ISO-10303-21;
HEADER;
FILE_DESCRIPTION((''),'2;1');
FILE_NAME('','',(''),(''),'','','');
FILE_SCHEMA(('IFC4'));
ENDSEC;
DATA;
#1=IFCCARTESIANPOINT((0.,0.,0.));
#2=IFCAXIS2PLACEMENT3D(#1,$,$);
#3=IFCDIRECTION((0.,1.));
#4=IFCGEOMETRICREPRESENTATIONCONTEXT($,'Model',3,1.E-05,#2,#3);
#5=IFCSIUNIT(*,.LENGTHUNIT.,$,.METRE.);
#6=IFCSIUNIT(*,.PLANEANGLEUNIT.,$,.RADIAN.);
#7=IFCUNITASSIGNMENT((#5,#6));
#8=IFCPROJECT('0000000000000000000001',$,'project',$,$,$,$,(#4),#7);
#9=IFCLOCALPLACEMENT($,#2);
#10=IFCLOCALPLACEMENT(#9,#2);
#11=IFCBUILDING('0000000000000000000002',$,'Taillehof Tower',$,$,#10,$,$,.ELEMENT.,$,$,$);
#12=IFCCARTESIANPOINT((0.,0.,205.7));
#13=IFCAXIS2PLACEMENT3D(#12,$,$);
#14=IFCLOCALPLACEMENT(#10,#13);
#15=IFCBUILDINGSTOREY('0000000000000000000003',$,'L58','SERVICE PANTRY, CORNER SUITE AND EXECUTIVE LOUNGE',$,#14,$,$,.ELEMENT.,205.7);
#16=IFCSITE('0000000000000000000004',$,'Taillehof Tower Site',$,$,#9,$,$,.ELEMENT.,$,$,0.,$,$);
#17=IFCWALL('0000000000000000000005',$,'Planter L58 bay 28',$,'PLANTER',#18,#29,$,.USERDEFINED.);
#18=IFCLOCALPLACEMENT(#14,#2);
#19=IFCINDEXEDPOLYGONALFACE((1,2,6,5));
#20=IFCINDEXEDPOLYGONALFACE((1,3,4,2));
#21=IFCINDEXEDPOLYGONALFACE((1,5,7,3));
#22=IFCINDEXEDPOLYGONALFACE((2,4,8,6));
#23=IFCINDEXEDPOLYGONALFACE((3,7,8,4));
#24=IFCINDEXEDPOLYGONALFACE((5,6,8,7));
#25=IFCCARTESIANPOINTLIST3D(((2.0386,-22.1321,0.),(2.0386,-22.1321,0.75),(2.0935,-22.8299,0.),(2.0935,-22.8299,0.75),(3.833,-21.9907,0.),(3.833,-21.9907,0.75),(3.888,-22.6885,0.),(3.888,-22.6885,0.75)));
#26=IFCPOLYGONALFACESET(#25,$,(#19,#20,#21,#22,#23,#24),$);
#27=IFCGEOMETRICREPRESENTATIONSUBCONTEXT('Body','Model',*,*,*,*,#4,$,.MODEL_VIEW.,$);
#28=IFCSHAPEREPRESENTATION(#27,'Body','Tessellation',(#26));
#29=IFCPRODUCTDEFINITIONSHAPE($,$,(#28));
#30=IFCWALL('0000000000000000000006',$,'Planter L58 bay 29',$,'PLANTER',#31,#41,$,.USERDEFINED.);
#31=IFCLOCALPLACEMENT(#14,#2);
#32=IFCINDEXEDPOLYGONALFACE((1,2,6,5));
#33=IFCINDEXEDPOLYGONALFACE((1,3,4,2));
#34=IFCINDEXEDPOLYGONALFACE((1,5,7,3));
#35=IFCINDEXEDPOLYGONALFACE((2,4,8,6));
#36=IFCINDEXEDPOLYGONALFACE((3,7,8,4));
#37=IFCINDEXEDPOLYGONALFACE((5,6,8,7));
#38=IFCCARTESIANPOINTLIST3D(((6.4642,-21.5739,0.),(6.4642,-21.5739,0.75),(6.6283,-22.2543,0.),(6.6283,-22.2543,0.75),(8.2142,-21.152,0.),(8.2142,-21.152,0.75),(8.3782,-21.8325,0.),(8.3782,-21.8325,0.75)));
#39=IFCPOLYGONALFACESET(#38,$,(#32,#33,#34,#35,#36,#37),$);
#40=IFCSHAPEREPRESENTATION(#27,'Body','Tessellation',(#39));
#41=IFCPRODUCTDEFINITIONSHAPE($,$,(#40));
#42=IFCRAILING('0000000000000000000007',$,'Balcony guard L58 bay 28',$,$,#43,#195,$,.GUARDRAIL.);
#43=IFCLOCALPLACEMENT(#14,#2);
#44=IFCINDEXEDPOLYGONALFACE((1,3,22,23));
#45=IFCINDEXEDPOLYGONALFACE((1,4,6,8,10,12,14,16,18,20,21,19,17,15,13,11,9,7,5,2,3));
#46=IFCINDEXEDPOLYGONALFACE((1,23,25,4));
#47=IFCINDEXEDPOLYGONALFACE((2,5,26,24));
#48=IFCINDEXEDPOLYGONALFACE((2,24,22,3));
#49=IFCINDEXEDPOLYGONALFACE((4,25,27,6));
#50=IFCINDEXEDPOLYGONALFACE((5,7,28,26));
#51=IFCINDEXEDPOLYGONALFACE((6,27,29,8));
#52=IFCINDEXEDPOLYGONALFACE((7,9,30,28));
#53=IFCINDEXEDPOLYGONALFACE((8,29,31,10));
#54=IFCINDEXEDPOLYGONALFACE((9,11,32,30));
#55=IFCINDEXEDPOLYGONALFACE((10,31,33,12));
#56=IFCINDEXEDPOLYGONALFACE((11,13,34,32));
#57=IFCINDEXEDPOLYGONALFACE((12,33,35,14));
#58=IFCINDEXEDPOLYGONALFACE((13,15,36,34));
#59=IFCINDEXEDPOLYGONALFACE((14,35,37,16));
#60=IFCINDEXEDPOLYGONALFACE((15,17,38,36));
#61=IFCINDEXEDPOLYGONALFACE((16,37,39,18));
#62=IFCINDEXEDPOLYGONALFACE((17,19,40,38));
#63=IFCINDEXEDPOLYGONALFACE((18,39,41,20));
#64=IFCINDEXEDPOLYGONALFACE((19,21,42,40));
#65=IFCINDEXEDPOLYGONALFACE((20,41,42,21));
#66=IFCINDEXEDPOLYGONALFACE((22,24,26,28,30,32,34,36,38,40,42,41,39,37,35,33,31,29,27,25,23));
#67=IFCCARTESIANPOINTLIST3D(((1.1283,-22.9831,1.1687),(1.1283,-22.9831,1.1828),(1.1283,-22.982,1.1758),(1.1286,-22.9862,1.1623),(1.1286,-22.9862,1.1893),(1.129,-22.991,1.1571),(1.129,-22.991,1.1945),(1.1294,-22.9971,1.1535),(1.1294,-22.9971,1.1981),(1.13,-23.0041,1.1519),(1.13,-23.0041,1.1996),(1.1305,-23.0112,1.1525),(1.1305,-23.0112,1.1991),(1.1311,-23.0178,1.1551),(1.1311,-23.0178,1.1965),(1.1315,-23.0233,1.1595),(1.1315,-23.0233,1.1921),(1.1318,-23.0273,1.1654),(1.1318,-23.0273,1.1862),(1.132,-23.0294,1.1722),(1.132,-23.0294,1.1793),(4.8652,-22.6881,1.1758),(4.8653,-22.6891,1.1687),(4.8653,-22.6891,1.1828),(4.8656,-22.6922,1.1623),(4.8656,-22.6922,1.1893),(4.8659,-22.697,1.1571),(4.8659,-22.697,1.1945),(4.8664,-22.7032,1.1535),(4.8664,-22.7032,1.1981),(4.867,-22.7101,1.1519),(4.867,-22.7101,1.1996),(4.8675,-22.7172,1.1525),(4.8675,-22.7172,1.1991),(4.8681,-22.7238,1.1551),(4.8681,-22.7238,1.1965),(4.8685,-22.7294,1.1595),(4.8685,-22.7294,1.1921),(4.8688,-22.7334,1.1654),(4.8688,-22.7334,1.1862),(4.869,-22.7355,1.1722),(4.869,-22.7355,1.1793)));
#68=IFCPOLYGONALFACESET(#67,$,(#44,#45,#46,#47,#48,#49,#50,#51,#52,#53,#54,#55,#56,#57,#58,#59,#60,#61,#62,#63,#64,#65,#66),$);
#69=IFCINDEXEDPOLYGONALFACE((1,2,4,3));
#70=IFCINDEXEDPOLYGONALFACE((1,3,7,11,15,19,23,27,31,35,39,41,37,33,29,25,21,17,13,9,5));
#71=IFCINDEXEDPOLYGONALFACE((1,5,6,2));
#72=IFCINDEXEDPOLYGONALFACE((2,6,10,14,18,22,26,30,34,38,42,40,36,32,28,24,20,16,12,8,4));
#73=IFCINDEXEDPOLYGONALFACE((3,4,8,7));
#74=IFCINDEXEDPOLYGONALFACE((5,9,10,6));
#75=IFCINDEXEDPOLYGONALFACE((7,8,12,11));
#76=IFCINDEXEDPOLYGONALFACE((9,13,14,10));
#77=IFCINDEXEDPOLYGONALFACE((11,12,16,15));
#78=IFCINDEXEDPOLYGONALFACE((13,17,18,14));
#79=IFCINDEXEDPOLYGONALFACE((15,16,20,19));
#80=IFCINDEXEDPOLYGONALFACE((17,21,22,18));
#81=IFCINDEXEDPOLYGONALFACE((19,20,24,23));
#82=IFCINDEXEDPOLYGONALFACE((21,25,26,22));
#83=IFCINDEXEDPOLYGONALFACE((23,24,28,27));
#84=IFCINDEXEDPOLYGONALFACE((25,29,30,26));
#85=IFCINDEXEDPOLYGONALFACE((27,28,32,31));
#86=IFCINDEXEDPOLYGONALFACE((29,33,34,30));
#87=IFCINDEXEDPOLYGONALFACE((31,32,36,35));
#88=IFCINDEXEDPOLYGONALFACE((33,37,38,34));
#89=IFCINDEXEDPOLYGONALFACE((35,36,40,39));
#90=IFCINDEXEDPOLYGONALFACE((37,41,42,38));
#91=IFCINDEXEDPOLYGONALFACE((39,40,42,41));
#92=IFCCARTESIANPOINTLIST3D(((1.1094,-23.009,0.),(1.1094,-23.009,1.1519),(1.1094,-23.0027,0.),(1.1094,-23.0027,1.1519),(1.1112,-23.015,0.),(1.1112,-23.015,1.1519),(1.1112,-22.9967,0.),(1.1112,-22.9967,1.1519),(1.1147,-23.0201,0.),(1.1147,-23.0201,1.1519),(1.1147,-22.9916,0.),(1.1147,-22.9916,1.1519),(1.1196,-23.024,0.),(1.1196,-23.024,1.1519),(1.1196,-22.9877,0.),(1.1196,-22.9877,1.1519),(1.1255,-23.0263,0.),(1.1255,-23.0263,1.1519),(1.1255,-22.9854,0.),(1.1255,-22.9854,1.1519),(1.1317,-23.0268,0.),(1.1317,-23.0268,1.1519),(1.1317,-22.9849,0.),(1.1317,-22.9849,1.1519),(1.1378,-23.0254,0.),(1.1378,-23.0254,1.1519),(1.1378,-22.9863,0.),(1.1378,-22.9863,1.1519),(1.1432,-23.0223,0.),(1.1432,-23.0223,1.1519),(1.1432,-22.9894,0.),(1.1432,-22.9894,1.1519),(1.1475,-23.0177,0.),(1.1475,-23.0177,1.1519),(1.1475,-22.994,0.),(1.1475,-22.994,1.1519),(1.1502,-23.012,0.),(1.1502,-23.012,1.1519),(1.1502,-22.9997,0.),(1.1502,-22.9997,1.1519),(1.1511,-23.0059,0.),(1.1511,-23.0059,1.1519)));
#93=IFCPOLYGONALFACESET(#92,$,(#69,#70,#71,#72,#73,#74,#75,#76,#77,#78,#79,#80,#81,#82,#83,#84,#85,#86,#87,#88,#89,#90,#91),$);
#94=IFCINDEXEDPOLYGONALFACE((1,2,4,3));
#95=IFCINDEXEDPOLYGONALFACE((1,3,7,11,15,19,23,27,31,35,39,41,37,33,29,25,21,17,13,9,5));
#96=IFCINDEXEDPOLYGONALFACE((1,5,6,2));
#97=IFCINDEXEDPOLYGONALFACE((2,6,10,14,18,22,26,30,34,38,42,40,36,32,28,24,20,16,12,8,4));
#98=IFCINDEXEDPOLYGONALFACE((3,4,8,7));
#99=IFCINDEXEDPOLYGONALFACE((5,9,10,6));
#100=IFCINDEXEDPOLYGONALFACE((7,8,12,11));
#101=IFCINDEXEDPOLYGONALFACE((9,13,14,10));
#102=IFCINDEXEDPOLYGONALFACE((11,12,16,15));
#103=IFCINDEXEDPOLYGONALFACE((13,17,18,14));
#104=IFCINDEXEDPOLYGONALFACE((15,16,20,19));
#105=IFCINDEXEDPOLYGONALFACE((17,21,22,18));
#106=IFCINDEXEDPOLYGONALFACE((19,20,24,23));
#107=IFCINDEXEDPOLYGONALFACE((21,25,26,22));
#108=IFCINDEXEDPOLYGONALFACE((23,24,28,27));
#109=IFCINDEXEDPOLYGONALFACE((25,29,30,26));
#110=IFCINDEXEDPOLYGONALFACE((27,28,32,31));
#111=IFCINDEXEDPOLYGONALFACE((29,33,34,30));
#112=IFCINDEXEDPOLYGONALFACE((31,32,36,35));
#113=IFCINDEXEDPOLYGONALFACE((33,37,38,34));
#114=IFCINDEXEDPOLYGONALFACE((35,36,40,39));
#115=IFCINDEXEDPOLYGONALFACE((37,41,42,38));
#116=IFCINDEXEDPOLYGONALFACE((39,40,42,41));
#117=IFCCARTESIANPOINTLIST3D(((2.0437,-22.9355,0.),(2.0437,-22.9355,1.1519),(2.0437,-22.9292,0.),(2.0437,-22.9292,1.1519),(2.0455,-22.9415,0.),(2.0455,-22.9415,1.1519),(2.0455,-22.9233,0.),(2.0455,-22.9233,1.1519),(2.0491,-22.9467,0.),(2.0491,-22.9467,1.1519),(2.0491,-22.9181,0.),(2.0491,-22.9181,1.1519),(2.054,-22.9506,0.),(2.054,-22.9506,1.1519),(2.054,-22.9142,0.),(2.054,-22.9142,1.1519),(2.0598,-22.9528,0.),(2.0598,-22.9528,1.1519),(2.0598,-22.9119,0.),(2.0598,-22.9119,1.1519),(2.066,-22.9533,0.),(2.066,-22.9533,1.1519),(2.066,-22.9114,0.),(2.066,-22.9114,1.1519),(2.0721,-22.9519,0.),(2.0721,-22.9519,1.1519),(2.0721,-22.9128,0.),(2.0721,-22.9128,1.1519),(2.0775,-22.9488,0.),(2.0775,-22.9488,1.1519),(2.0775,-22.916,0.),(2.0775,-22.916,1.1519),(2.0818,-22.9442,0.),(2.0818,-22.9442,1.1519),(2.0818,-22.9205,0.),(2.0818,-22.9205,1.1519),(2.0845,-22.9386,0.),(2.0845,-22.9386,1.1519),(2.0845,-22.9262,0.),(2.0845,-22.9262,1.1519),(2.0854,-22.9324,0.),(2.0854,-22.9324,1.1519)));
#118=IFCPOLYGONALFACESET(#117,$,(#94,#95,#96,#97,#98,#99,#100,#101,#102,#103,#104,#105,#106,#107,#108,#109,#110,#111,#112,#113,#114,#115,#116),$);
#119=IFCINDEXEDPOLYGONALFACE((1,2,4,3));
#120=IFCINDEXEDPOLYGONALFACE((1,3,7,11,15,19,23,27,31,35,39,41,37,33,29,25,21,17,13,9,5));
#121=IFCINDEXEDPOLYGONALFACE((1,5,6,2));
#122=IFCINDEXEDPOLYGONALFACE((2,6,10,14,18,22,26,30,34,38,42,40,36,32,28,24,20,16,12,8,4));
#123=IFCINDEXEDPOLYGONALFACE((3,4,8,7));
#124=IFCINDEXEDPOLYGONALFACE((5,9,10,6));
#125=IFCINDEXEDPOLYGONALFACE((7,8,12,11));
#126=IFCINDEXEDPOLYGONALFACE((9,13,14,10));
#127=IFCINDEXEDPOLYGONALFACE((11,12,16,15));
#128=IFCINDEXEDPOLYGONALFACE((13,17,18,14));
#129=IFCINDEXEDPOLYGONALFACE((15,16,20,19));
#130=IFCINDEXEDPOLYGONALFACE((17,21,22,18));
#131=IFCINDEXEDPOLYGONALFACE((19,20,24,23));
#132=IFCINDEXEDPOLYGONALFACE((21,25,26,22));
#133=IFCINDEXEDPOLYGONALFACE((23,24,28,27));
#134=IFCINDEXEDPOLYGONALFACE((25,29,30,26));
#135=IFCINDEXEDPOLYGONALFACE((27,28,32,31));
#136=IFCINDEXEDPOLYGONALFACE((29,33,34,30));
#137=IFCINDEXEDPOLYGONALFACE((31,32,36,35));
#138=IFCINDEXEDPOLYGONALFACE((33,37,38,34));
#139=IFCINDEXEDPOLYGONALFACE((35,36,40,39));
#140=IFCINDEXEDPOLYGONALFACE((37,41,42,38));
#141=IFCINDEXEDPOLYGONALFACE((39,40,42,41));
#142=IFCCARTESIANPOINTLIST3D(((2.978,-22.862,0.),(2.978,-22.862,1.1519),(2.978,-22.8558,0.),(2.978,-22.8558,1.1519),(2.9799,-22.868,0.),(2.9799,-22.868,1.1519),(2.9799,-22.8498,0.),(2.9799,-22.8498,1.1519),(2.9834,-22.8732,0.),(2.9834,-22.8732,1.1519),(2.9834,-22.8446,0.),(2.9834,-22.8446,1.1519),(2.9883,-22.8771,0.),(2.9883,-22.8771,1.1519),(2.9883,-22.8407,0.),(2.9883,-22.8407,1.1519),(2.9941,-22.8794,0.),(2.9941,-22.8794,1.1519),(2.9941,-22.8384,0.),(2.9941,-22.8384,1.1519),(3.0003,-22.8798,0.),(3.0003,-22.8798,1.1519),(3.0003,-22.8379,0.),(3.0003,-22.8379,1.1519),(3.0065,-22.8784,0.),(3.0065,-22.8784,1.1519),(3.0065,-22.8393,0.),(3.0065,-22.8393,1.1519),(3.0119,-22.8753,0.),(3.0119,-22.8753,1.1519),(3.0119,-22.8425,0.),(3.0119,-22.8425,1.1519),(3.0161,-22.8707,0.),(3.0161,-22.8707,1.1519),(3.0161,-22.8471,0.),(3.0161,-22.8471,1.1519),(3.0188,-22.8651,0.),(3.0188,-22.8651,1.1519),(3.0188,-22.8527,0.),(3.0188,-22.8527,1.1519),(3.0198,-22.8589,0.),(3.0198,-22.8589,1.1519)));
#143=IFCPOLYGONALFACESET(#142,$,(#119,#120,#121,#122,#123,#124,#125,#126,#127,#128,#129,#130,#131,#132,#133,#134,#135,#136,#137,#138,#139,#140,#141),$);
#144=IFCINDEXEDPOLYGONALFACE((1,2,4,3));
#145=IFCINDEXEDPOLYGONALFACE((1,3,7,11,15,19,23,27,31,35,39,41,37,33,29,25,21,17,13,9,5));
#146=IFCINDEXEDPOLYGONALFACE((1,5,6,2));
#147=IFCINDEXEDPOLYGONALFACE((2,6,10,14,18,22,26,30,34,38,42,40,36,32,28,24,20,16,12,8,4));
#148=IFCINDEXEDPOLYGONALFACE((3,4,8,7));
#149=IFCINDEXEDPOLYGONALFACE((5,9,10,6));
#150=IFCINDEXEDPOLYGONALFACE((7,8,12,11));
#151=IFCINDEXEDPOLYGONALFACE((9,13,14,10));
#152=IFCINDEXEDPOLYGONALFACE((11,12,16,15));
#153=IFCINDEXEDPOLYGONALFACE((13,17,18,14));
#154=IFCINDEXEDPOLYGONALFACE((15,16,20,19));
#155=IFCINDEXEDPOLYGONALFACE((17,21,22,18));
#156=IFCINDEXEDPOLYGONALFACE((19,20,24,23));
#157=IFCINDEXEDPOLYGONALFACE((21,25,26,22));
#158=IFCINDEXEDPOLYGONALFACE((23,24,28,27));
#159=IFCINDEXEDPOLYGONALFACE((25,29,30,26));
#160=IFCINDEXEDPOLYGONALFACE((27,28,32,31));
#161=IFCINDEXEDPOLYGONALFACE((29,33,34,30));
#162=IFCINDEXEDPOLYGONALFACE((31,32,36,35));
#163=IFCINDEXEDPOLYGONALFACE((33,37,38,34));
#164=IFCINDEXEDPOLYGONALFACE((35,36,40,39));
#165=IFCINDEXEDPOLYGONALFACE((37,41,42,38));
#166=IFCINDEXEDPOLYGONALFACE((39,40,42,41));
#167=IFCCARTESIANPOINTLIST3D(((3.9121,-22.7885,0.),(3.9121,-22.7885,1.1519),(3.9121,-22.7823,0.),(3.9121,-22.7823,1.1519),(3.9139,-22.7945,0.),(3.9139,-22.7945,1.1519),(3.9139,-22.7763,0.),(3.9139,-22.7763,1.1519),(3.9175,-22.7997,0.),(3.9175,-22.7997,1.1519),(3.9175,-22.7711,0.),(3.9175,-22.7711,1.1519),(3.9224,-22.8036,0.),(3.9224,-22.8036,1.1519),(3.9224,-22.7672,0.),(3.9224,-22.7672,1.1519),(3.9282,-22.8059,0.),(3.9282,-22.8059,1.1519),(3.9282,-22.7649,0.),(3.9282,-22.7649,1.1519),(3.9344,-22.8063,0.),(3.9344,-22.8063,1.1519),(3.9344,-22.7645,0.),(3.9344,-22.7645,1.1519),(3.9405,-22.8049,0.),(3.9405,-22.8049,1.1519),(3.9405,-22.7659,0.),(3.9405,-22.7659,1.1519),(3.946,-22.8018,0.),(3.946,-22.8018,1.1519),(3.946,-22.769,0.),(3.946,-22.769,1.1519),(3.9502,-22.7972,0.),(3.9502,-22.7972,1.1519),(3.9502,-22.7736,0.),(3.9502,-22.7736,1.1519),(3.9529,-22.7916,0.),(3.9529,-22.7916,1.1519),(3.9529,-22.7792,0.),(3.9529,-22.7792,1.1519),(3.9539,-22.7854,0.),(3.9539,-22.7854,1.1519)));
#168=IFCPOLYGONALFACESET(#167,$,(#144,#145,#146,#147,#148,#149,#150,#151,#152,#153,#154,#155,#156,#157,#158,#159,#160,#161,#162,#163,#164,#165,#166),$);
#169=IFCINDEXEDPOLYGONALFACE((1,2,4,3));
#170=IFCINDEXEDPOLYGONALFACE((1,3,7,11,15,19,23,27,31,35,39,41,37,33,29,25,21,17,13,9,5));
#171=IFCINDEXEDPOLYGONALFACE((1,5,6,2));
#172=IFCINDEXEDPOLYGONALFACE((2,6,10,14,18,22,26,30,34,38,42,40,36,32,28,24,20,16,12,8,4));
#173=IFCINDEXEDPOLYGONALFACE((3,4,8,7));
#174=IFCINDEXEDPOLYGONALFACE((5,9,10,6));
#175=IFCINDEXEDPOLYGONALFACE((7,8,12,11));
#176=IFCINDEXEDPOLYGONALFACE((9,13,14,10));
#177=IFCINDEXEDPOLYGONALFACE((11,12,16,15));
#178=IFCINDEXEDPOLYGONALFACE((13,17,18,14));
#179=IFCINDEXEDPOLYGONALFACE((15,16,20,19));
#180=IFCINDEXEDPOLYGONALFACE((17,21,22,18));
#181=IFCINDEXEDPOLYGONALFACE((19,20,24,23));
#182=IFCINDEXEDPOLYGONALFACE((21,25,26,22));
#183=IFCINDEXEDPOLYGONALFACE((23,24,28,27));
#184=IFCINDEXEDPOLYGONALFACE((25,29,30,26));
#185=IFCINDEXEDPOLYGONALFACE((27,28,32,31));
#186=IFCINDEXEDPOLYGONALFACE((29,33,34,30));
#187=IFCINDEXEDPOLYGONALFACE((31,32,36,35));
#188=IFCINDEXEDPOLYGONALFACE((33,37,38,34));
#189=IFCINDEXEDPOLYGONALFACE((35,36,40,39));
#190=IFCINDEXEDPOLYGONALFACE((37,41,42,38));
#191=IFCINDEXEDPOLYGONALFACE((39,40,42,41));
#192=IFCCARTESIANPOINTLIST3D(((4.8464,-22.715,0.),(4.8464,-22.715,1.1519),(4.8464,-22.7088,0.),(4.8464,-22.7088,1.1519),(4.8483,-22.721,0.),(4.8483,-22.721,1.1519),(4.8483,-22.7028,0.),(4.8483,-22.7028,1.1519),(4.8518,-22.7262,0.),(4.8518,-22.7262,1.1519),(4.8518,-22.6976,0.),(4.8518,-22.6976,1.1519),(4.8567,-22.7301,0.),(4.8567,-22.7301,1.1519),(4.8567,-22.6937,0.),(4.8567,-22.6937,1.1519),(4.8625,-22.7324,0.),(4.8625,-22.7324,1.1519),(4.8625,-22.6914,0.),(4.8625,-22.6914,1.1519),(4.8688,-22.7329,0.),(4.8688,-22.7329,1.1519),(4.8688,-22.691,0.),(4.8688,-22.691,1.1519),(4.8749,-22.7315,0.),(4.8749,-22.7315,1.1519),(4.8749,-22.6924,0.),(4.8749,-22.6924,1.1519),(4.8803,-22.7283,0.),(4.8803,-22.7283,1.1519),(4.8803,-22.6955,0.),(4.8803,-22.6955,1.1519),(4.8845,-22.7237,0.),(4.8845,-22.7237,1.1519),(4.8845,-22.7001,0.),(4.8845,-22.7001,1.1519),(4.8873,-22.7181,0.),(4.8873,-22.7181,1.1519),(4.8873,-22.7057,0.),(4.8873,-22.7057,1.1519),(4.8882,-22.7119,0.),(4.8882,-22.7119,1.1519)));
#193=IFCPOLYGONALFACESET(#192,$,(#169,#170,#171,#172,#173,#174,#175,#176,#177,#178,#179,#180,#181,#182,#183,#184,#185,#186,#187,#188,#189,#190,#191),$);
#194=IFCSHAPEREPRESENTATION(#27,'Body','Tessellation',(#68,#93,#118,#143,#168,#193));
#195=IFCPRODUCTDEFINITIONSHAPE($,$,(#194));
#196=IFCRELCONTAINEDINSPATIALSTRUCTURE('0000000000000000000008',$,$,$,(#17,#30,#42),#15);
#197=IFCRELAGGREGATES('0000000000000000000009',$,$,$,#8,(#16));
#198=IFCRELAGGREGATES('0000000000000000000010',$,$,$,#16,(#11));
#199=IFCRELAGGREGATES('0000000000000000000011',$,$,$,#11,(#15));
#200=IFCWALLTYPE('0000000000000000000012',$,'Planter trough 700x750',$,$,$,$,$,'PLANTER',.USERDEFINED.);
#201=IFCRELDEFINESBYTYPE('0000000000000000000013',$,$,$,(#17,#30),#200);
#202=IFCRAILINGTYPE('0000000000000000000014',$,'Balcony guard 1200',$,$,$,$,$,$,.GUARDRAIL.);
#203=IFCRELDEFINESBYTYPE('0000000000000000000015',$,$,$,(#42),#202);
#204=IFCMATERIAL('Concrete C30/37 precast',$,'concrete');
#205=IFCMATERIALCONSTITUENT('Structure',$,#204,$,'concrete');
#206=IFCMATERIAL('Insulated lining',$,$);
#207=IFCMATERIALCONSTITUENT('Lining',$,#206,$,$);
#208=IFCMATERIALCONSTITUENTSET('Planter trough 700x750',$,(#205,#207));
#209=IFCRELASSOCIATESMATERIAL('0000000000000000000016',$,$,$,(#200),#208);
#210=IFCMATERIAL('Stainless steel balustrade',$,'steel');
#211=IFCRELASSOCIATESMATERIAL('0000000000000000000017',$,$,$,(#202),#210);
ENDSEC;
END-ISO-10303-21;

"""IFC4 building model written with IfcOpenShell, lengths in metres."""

from ifc_helpers import new_model, si_unit, direction, frame, frame_2d, origin, origin_2d, place, context, subcontext, project, spatial, rectangle, circle, extrude, material, constituent, constituent_set, type_object, element, save


model = new_model("IFC4")

# Units and contexts
model_context = context("Model", 3, precision=1e-05, world=origin(), true_north=direction((0.0, 1.0)))
body_context = subcontext(model_context, "Body", "Model", "MODEL_VIEW")
ifc_project = project(units=[si_unit("LENGTHUNIT", "METRE"), si_unit("PLANEANGLEUNIT", "RADIAN")], contexts=[model_context])

# Site, building, storey
site_placement = place(None, origin())
site = spatial("IfcSite", under=ifc_project, at=site_placement, Name="Taillehof Tower Site", CompositionType="ELEMENT", RefElevation=0.0)
building_placement = place(site_placement, origin())
building = spatial("IfcBuilding", under=site, at=building_placement, Name="Taillehof Tower", CompositionType="ELEMENT")
storey_placement = place(building_placement, frame((0.0, 0.0, 205.7)))
storey = spatial("IfcBuildingStorey", under=building, at=storey_placement, Name="L58", Description="SERVICE PANTRY, CORNER SUITE AND EXECUTIVE LOUNGE", CompositionType="ELEMENT", Elevation=205.7)

# Walls
ifc_material_1 = material(Name="Concrete C30/37 precast", Category="concrete")
ifc_constituent_1 = constituent(ifc_material_1, Name="Structure", Category="concrete")
ifc_material_2 = material(Name="Insulated lining")
ifc_constituent_2 = constituent(ifc_material_2, Name="Lining")
ifc_constituent_set = constituent_set(constituents=[ifc_constituent_1, ifc_constituent_2], Name="Planter trough 700x750")
wall_type_1 = type_object("IfcWallType", Name="Planter trough 700x750", ElementType="PLANTER", PredefinedType="USERDEFINED", material=ifc_constituent_set)
for number, where, z_axis, x_axis, name in (
    (1, (2.0662, -22.481, 0.0), (0.0, 0.0, 1.0), (0.996912, 0.078532, 0.0), "Planter L58 bay 28"),
    (2, (6.5464, -21.9141, 0.0), (0.0, 0.0, 1.0), (0.97215, 0.234358, 0.0), "Planter L58 bay 29"),
):
    element("IfcWall", number, at=place(storey_placement, frame(where, z_axis=z_axis, x_axis=x_axis)), inside=storey, type_object=wall_type_1, Name=name, ObjectType="PLANTER", PredefinedType="USERDEFINED", context=body_context, shape_type="SweptSolid", body=[
        extrude(rectangle(XDim=1.8, YDim=0.7, at=frame_2d((0.8999, 0.0))), origin(), (0.0, 0.0, 1.0), 0.75),
    ])

# Railing
ifc_material_3 = material(Name="Stainless steel balustrade", Category="steel")
railing_type = type_object("IfcRailingType", Name="Balcony guard 1200", PredefinedType="GUARDRAIL", material=ifc_material_3)
railing_1_placement = place(storey_placement, frame((1.1301, -23.0059, 0.0)))
element("IfcRailing", 3, at=railing_1_placement, inside=storey, type_object=railing_type, Name="Balcony guard L58 bay 28", PredefinedType="GUARDRAIL", context=body_context, shape_type="SweptSolid", body=[
    extrude(circle(Radius=0.0239, at=origin_2d()), frame((0.0, 0.0, 1.1758), z_axis=(0.996921, 0.078415, 0.0), x_axis=(-0.078415, 0.996921, 0.0)), (0.0, 0.0, 1.0), 3.7485),
    extrude(circle(Radius=0.021, at=origin_2d()), origin(), (0.0, 0.0, 1.0), 1.1519),
    extrude(circle(Radius=0.021, at=origin_2d()), frame((0.9343, 0.0735, 0.0)), (0.0, 0.0, 1.0), 1.1519),
    extrude(circle(Radius=0.021, at=origin_2d()), frame((1.8687, 0.147, 0.0)), (0.0, 0.0, 1.0), 1.1519),
    extrude(circle(Radius=0.021, at=origin_2d()), frame((2.8027, 0.2205, 0.0)), (0.0, 0.0, 1.0), 1.1519),
    extrude(circle(Radius=0.021, at=origin_2d()), frame((3.7371, 0.2939, 0.0)), (0.0, 0.0, 1.0), 1.1519),
])

save(model, "model.ifc")
